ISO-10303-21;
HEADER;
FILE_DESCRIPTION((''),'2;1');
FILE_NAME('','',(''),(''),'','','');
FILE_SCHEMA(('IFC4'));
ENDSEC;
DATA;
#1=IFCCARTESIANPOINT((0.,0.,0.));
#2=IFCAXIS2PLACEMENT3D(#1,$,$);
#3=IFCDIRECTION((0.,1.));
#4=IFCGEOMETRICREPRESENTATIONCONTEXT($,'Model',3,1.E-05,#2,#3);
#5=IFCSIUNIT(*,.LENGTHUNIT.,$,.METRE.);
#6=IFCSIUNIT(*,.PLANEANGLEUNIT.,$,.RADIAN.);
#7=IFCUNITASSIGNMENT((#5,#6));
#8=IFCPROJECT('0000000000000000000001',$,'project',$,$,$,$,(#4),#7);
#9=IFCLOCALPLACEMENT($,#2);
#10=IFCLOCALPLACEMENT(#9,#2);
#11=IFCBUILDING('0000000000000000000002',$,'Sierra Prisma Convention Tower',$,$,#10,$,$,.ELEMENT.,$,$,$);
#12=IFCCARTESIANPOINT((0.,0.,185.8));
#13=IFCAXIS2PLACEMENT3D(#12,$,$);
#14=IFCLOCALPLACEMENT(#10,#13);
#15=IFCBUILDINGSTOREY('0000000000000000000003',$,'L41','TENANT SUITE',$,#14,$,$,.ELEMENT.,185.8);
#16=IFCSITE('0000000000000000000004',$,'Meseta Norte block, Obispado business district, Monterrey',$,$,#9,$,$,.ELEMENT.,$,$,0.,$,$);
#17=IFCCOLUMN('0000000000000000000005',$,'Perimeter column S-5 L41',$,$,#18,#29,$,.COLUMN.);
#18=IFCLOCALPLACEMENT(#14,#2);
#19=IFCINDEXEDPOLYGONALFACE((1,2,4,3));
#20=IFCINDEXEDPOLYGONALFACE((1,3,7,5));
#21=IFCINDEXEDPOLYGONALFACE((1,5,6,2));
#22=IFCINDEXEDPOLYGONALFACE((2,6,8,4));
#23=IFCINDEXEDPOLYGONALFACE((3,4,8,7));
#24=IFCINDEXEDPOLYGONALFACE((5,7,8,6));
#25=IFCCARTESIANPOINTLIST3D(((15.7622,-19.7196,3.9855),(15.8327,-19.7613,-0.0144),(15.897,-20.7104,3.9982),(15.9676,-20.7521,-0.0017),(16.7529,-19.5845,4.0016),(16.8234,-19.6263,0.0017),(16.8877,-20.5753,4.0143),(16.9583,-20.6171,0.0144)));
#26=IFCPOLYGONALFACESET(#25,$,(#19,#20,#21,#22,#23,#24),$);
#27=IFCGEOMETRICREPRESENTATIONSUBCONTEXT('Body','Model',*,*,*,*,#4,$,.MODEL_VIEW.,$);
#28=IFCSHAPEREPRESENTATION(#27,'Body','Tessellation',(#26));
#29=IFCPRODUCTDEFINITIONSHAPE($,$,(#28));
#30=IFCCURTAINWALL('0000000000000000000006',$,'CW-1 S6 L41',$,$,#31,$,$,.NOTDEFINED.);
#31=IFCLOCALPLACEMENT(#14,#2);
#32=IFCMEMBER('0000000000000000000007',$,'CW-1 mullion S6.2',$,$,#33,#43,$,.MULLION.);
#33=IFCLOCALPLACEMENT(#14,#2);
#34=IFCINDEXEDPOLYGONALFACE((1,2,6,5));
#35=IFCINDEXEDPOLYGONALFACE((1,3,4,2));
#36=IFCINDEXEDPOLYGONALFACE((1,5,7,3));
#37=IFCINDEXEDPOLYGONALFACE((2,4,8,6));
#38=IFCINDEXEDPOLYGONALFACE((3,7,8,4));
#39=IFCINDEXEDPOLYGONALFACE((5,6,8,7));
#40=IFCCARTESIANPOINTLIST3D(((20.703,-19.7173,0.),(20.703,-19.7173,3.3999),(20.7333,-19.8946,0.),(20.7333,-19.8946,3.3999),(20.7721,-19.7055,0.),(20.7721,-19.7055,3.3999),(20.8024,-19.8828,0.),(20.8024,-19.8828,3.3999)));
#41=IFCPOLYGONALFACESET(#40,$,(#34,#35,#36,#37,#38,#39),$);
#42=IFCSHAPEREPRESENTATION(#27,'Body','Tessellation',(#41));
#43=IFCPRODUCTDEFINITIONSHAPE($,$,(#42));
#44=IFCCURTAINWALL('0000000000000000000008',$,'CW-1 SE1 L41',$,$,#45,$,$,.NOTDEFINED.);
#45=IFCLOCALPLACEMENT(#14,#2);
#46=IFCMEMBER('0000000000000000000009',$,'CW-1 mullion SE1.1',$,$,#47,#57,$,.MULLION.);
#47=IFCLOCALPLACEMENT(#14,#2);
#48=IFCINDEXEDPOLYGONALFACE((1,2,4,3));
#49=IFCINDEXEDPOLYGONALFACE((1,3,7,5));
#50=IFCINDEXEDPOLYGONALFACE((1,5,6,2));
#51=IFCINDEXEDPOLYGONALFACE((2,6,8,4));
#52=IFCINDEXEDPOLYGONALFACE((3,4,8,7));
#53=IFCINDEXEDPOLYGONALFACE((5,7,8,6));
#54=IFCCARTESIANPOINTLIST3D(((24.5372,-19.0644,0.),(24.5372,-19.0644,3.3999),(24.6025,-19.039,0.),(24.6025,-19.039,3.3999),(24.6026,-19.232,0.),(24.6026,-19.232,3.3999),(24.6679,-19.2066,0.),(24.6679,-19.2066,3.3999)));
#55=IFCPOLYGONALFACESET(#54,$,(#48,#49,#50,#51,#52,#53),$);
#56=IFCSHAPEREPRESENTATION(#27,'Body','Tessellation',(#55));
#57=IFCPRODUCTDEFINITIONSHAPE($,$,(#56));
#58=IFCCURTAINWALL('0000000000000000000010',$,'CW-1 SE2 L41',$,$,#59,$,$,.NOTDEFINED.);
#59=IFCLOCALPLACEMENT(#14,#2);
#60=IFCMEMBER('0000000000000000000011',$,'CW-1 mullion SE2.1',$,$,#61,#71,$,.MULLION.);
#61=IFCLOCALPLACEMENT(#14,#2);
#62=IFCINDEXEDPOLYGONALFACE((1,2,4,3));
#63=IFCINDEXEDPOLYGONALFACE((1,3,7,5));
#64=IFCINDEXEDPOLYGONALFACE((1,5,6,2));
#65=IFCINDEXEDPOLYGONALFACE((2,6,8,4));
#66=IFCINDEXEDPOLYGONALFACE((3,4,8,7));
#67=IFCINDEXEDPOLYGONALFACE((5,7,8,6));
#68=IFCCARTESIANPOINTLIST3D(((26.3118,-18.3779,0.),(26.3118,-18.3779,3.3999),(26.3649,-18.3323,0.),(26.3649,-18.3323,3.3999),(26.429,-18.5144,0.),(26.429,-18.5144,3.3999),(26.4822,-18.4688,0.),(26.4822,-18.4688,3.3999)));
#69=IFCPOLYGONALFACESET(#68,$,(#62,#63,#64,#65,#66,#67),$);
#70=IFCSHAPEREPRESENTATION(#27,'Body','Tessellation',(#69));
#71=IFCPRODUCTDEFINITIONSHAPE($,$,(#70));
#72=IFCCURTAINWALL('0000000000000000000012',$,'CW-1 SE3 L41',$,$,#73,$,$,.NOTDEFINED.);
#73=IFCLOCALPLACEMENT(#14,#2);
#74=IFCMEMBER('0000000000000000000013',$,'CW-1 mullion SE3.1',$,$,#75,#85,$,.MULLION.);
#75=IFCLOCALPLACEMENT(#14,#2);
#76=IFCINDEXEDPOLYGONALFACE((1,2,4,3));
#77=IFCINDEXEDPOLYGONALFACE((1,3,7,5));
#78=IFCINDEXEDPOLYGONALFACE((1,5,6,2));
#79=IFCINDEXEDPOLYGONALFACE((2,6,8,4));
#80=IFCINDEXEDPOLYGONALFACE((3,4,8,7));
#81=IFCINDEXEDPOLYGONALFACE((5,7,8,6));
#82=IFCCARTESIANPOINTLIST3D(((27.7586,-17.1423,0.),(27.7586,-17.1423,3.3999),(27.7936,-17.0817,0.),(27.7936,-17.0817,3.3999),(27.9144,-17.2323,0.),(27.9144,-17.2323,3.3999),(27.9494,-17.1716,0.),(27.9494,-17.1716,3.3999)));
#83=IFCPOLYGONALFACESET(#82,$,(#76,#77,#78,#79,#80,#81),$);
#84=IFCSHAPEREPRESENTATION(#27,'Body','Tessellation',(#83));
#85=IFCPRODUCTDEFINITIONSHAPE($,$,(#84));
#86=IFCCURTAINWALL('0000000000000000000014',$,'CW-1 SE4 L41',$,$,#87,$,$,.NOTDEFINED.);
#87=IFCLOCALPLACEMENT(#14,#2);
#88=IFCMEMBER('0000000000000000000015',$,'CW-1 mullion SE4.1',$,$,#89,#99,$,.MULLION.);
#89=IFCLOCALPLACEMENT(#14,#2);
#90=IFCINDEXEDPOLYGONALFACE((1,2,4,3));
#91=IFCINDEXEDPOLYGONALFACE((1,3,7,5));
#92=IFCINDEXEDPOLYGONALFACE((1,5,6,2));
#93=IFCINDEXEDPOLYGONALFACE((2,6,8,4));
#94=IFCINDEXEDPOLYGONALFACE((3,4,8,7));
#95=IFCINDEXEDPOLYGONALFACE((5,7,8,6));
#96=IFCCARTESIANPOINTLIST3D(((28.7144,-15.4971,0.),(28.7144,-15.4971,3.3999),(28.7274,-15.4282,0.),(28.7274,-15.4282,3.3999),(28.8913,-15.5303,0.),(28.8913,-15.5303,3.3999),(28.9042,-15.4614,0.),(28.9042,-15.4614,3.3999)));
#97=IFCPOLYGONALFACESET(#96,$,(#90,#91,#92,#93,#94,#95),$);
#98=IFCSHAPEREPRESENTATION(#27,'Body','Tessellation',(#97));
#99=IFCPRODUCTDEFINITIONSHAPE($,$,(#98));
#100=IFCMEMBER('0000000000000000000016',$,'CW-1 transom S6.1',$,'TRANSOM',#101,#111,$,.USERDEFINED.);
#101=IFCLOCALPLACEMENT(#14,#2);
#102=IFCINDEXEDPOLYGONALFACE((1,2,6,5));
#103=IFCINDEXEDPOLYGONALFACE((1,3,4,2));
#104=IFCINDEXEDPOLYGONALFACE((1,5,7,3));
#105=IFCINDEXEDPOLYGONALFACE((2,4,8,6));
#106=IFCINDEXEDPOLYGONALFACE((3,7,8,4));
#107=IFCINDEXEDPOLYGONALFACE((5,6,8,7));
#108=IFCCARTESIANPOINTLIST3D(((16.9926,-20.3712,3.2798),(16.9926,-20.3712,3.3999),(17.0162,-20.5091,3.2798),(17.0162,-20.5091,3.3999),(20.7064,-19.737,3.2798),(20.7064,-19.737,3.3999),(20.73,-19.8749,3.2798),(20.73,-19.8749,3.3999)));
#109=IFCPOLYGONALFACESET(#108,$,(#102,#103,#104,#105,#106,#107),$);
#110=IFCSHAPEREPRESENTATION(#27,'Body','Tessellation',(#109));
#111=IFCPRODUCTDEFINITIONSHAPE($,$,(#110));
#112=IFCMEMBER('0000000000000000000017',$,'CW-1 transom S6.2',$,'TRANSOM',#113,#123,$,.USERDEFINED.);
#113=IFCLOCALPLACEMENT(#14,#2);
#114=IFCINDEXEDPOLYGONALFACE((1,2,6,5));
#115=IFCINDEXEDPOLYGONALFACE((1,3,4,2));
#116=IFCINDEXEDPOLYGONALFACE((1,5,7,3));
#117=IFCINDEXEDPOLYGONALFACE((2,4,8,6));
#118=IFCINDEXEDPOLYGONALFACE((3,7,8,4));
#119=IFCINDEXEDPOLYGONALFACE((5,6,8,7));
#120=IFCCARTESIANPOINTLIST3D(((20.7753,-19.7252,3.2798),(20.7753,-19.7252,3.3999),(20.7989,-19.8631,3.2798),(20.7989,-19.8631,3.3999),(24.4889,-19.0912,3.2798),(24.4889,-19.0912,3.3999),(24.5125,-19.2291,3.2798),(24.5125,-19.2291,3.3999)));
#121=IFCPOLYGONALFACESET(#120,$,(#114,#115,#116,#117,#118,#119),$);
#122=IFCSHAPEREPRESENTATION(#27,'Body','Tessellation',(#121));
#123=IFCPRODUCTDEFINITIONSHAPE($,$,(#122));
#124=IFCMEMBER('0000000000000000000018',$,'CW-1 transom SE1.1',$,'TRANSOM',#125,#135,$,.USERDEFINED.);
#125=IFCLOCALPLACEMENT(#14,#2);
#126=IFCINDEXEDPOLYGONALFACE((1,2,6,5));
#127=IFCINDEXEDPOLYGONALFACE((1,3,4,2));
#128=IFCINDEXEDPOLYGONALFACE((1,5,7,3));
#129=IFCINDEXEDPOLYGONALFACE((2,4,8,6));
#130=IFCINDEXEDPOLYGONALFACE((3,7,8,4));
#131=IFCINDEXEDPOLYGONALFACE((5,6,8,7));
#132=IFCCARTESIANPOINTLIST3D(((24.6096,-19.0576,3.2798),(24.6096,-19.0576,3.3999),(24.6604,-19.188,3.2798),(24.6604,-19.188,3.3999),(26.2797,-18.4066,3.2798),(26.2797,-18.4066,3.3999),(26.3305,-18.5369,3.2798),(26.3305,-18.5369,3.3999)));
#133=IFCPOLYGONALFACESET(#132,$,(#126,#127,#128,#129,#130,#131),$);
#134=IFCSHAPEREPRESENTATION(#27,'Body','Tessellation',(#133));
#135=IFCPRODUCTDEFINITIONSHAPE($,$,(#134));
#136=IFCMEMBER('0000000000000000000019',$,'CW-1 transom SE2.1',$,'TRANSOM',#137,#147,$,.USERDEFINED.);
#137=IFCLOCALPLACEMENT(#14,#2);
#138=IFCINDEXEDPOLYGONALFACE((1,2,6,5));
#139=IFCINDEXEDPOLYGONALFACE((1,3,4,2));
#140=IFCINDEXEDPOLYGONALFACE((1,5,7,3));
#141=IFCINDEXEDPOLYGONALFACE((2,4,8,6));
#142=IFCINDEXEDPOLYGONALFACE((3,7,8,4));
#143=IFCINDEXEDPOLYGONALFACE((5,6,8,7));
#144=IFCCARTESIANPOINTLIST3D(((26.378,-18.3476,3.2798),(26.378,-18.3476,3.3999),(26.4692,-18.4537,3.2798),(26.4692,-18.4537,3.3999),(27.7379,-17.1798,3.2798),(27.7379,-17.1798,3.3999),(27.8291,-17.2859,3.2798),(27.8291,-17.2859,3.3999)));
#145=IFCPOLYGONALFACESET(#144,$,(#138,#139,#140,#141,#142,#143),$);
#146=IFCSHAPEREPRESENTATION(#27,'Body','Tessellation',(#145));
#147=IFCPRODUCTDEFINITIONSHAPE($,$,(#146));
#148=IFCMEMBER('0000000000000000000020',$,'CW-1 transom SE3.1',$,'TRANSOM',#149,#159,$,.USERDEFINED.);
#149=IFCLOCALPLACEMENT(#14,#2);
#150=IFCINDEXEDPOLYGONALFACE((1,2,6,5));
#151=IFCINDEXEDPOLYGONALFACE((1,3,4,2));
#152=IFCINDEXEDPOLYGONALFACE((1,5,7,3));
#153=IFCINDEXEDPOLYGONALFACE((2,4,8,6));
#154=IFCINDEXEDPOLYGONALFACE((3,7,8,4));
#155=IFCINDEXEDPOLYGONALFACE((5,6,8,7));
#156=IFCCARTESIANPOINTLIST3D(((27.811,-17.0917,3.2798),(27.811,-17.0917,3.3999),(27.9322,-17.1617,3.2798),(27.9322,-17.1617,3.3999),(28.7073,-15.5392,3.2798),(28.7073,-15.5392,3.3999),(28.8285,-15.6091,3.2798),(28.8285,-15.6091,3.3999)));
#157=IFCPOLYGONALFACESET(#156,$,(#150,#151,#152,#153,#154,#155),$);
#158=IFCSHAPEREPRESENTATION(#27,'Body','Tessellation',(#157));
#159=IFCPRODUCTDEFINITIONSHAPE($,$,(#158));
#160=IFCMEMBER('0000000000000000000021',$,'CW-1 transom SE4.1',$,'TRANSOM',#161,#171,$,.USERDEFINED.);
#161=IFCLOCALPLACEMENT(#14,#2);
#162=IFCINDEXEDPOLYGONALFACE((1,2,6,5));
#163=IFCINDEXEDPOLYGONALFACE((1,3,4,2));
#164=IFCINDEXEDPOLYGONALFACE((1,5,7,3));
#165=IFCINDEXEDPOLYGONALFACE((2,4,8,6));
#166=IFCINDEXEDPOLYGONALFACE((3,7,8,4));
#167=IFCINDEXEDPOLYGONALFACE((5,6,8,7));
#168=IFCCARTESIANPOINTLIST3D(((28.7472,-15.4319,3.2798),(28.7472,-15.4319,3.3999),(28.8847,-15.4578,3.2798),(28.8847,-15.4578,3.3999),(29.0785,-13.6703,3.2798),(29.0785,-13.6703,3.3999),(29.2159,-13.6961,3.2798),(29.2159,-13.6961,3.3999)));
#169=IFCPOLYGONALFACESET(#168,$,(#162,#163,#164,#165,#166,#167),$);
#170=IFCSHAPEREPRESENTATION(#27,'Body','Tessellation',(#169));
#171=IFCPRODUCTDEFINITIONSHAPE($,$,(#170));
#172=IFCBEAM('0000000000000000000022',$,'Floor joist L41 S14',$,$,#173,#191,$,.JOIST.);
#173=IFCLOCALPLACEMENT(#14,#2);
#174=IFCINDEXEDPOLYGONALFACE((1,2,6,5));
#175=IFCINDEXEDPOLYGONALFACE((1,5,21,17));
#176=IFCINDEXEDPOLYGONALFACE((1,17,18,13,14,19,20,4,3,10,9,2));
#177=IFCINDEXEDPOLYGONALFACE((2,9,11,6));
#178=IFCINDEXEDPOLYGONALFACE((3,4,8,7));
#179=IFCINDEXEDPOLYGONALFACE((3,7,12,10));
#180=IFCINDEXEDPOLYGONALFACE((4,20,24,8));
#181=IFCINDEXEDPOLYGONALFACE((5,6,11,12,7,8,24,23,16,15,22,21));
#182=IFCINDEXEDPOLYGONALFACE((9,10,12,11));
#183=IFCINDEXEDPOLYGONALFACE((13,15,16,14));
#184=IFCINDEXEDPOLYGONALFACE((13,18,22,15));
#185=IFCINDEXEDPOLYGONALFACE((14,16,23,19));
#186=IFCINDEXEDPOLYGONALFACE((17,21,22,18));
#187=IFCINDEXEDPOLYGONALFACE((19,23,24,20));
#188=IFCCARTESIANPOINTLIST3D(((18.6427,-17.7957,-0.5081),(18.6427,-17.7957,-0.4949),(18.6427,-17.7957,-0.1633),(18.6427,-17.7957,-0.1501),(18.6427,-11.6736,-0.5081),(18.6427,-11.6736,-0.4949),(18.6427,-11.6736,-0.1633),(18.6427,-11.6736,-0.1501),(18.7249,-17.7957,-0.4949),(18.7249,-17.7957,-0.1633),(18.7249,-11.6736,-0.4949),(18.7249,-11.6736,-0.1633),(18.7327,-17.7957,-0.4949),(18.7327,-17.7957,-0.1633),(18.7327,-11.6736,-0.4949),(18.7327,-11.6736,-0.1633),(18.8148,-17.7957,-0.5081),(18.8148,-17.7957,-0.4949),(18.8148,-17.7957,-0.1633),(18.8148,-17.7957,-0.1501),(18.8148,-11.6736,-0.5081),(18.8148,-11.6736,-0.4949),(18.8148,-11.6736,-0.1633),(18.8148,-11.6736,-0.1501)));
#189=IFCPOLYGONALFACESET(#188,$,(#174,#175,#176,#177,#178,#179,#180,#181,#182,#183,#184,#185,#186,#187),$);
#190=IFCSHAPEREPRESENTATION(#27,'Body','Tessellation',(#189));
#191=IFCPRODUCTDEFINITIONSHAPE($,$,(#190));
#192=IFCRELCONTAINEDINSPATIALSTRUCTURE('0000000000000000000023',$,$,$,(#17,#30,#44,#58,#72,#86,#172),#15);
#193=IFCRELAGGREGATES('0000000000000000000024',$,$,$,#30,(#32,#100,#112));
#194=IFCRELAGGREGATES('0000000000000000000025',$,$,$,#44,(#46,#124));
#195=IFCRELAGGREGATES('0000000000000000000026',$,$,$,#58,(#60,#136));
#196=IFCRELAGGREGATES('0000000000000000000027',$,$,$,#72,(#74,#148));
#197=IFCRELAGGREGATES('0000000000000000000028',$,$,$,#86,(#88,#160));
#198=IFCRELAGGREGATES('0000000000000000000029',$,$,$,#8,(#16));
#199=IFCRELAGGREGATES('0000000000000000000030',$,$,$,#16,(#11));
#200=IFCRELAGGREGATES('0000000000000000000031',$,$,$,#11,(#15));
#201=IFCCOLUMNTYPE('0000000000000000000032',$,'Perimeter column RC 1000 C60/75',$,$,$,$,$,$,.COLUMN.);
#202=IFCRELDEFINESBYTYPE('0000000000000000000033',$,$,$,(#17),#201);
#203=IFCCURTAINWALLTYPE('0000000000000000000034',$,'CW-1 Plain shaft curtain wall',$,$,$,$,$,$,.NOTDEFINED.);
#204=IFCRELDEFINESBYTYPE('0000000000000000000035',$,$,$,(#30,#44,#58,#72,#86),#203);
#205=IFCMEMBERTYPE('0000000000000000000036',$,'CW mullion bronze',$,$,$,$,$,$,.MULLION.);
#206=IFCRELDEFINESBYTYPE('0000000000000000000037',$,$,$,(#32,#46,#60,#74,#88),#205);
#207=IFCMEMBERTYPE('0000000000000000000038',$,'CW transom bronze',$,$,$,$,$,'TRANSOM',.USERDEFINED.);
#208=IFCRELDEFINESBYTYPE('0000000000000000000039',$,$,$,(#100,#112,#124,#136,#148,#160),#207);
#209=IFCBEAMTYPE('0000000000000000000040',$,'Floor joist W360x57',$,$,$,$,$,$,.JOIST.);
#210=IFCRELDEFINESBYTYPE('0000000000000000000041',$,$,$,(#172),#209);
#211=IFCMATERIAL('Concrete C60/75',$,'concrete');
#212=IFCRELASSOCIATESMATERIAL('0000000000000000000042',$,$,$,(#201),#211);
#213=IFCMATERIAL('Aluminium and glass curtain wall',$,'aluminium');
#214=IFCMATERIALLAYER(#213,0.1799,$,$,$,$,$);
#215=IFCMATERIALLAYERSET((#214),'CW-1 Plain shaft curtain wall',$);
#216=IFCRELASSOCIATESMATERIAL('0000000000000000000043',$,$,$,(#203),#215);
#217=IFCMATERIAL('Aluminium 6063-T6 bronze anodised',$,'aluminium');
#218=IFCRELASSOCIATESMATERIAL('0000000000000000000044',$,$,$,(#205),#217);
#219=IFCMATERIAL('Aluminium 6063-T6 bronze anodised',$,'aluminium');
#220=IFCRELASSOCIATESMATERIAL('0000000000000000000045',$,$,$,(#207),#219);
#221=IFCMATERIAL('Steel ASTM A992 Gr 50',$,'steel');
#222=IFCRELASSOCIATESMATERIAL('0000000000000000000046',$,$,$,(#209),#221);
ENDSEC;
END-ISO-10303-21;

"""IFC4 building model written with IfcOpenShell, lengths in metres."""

from ifc_helpers import new_model, si_unit, direction, frame, origin, origin_2d, place, context, subcontext, project, spatial, rectangle, i_section, extrude, material, layer, layer_set, material_profile, profile_set, type_object, element, aggregate, save


model = new_model("IFC4")

# Units and contexts
model_context = context("Model", 3, precision=1e-05, world=origin(), true_north=direction((0.0, 1.0)))
body_context = subcontext(model_context, "Body", "Model", "MODEL_VIEW")
ifc_project = project(units=[si_unit("LENGTHUNIT", "METRE"), si_unit("PLANEANGLEUNIT", "RADIAN")], contexts=[model_context])

# Site, building, storey
site_placement = place(None, origin())
site = spatial("IfcSite", under=ifc_project, at=site_placement, Name="Meseta Norte block, Obispado business district, Monterrey", CompositionType="ELEMENT", RefElevation=0.0)
building_placement = place(site_placement, origin())
building = spatial("IfcBuilding", under=site, at=building_placement, Name="Sierra Prisma Convention Tower", CompositionType="ELEMENT")
storey_placement = place(building_placement, frame((0.0, 0.0, 185.8)))
storey = spatial("IfcBuildingStorey", under=building, at=storey_placement, Name="L41", Description="TENANT SUITE", CompositionType="ELEMENT", Elevation=185.8)

# Column
ifc_material_1 = material(Name="Concrete C60/75", Category="concrete")
ifc_material_profile_1 = material_profile(ifc_material_1, rectangle(XDim=1.0, YDim=1.0, at=origin_2d()), Name="Perimeter column RC 1000 C60/75")
ifc_profile_set_1 = profile_set([ifc_material_profile_1], Name="Concrete C60/75")
column_type = type_object("IfcColumnType", Name="Perimeter column RC 1000 C60/75", PredefinedType="COLUMN", material=ifc_profile_set_1)
column_placement = place(storey_placement, frame((16.3955, -20.1892, 0.0), z_axis=(-0.017635, 0.010435, 0.99979), x_axis=(0.990708, 0.135057, 0.016066)))
element("IfcColumn", 1, at=column_placement, inside=storey, type_object=column_type, Name="Perimeter column S-5 L41", PredefinedType="COLUMN", context=body_context, shape_type="SweptSolid", body=[
    extrude(rectangle(XDim=1.0, YDim=1.0, at=origin_2d()), origin(), (0.0, 0.0, 1.0), 4.0007),
])

# Curtain walls, members
ifc_material_2 = material(Name="Aluminium and glass curtain wall", Category="aluminium")
ifc_layer_1 = layer(ifc_material_2, 0.1799)
ifc_layer_set_1 = layer_set([ifc_layer_1], Name="CW-1 Plain shaft curtain wall")
curtain_wall_type = type_object("IfcCurtainWallType", Name="CW-1 Plain shaft curtain wall", PredefinedType="NOTDEFINED", material=ifc_layer_set_1)
curtain_wall_1_placement = place(storey_placement, origin())
curtain_wall_1 = element("IfcCurtainWall", 2, at=curtain_wall_1_placement, inside=storey, type_object=curtain_wall_type, Name="CW-1 S6 L41", PredefinedType="NOTDEFINED")
ifc_material_3 = material(Name="Aluminium 6063-T6 bronze anodised", Category="aluminium")
ifc_material_profile_2 = material_profile(ifc_material_3, rectangle(XDim=0.1799, YDim=0.0701, at=origin_2d()), Name="ALU MULLION 70x180")
ifc_profile_set_2 = profile_set([ifc_material_profile_2], Name="Aluminium 6063-T6 bronze anodised")
member_type_1 = type_object("IfcMemberType", Name="CW mullion bronze", PredefinedType="MULLION", material=ifc_profile_set_2)
member_1_placement = place(storey_placement, frame((20.7527, -19.8, 0.0), z_axis=(0.0, 0.0, 1.0), x_axis=(-0.168313, 0.985734, 0.0)))
member_1 = element("IfcMember", 3, at=member_1_placement, type_object=member_type_1, Name="CW-1 mullion S6.2", PredefinedType="MULLION", context=body_context, shape_type="SweptSolid", body=[
    extrude(rectangle(XDim=0.1799, YDim=0.0701, at=origin_2d()), origin(), (0.0, 0.0, 1.0), 3.3999),
])
curtain_wall_2_placement = place(storey_placement, origin())
curtain_wall_2 = element("IfcCurtainWall", 4, at=curtain_wall_2_placement, inside=storey, type_object=curtain_wall_type, Name="CW-1 SE1 L41", PredefinedType="NOTDEFINED")
member_2_placement = place(storey_placement, frame((24.6025, -19.1355, 0.0), z_axis=(0.0, 0.0, 1.0), x_axis=(-0.363286, 0.931678, 0.0)))
member_2 = element("IfcMember", 5, at=member_2_placement, type_object=member_type_1, Name="CW-1 mullion SE1.1", PredefinedType="MULLION", context=body_context, shape_type="SweptSolid", body=[
    extrude(rectangle(XDim=0.1799, YDim=0.0701, at=origin_2d()), origin(), (0.0, 0.0, 1.0), 3.3999),
])
curtain_wall_3_placement = place(storey_placement, origin())
curtain_wall_3 = element("IfcCurtainWall", 6, at=curtain_wall_3_placement, inside=storey, type_object=curtain_wall_type, Name="CW-1 SE2 L41", PredefinedType="NOTDEFINED")
member_3_placement = place(storey_placement, frame((26.397, -18.4233, 0.0), z_axis=(0.0, 0.0, 1.0), x_axis=(-0.651451, 0.758691, 0.0)))
member_3 = element("IfcMember", 7, at=member_3_placement, type_object=member_type_1, Name="CW-1 mullion SE2.1", PredefinedType="MULLION", context=body_context, shape_type="SweptSolid", body=[
    extrude(rectangle(XDim=0.1799, YDim=0.0701, at=origin_2d()), origin(), (0.0, 0.0, 1.0), 3.3999),
])
curtain_wall_4_placement = place(storey_placement, origin())
curtain_wall_4 = element("IfcCurtainWall", 8, at=curtain_wall_4_placement, inside=storey, type_object=curtain_wall_type, Name="CW-1 SE3 L41", PredefinedType="NOTDEFINED")
member_4_placement = place(storey_placement, frame((27.854, -17.157, 0.0), z_axis=(0.0, 0.0, 1.0), x_axis=(-0.866025, 0.5, 0.0)))
member_4 = element("IfcMember", 9, at=member_4_placement, type_object=member_type_1, Name="CW-1 mullion SE3.1", PredefinedType="MULLION", context=body_context, shape_type="SweptSolid", body=[
    extrude(rectangle(XDim=0.1799, YDim=0.0701, at=origin_2d()), origin(), (0.0, 0.0, 1.0), 3.3999),
])
curtain_wall_5_placement = place(storey_placement, origin())
curtain_wall_5 = element("IfcCurtainWall", 10, at=curtain_wall_5_placement, inside=storey, type_object=curtain_wall_type, Name="CW-1 SE4 L41", PredefinedType="NOTDEFINED")
member_5_placement = place(storey_placement, frame((28.8093, -15.4792, 0.0), z_axis=(0.0, 0.0, 1.0), x_axis=(-0.982771, 0.184827, 0.0)))
member_5 = element("IfcMember", 11, at=member_5_placement, type_object=member_type_1, Name="CW-1 mullion SE4.1", PredefinedType="MULLION", context=body_context, shape_type="SweptSolid", body=[
    extrude(rectangle(XDim=0.1799, YDim=0.0701, at=origin_2d()), origin(), (0.0, 0.0, 1.0), 3.3999),
])

# Members
ifc_material_4 = material(Name="Aluminium 6063-T6 bronze anodised", Category="aluminium")
ifc_material_profile_3 = material_profile(ifc_material_4, rectangle(XDim=0.1399, YDim=0.1201, at=origin_2d()), Name="ALU TRANSOM 120x140")
ifc_profile_set_3 = profile_set([ifc_material_profile_3], Name="Aluminium 6063-T6 bronze anodised")
member_type_2 = type_object("IfcMemberType", Name="CW transom bronze", ElementType="TRANSOM", PredefinedType="USERDEFINED", material=ifc_profile_set_3)
member_6_placement = place(storey_placement, frame((17.0044, -20.4402, 3.3398), z_axis=(0.985728, 0.168349, 0.0), x_axis=(-0.168349, 0.985728, 0.0)))
member_6 = element("IfcMember", 12, at=member_6_placement, type_object=member_type_2, Name="CW-1 transom S6.1", ObjectType="TRANSOM", PredefinedType="USERDEFINED", context=body_context, shape_type="SweptSolid", body=[
    extrude(rectangle(XDim=0.1399, YDim=0.1201, at=origin_2d()), origin(), (0.0, 0.0, 1.0), 3.7676),
])
member_7_placement = place(storey_placement, frame((20.7871, -19.7942, 3.3398), z_axis=(0.985736, 0.168296, 0.0), x_axis=(-0.168296, 0.985736, 0.0)))
member_7 = element("IfcMember", 13, at=member_7_placement, type_object=member_type_2, Name="CW-1 transom S6.2", ObjectType="TRANSOM", PredefinedType="USERDEFINED", context=body_context, shape_type="SweptSolid", body=[
    extrude(rectangle(XDim=0.1399, YDim=0.1201, at=origin_2d()), origin(), (0.0, 0.0, 1.0), 3.7673),
])
member_8_placement = place(storey_placement, frame((24.635, -19.1228, 3.3398), z_axis=(0.9317, 0.363228, 0.0), x_axis=(-0.363228, 0.9317, 0.0)))
member_8 = element("IfcMember", 14, at=member_8_placement, type_object=member_type_2, Name="CW-1 transom SE1.1", ObjectType="TRANSOM", PredefinedType="USERDEFINED", context=body_context, shape_type="SweptSolid", body=[
    extrude(rectangle(XDim=0.1399, YDim=0.1201, at=origin_2d()), origin(), (0.0, 0.0, 1.0), 1.7925),
])
member_9_placement = place(storey_placement, frame((26.4236, -18.4006, 3.3398), z_axis=(0.75867, 0.651475, 0.0), x_axis=(-0.651475, 0.75867, 0.0)))
member_9 = element("IfcMember", 15, at=member_9_placement, type_object=member_type_2, Name="CW-1 transom SE2.1", ObjectType="TRANSOM", PredefinedType="USERDEFINED", context=body_context, shape_type="SweptSolid", body=[
    extrude(rectangle(XDim=0.1399, YDim=0.1201, at=origin_2d()), origin(), (0.0, 0.0, 1.0), 1.7925),
])
member_10_placement = place(storey_placement, frame((27.8716, -17.1267, 3.3398), z_axis=(0.499962, 0.866047, 0.0), x_axis=(-0.866047, 0.499962, 0.0)))
member_10 = element("IfcMember", 16, at=member_10_placement, type_object=member_type_2, Name="CW-1 transom SE3.1", ObjectType="TRANSOM", PredefinedType="USERDEFINED", context=body_context, shape_type="SweptSolid", body=[
    extrude(rectangle(XDim=0.1399, YDim=0.1201, at=origin_2d()), origin(), (0.0, 0.0, 1.0), 1.7927),
])
member_11_placement = place(storey_placement, frame((28.8159, -15.4448, 3.3398), z_axis=(0.184815, 0.982773, 0.0), x_axis=(-0.982773, 0.184815, 0.0)))
member_11 = element("IfcMember", 17, at=member_11_placement, type_object=member_type_2, Name="CW-1 transom SE4.1", ObjectType="TRANSOM", PredefinedType="USERDEFINED", context=body_context, shape_type="SweptSolid", body=[
    extrude(rectangle(XDim=0.1399, YDim=0.1201, at=origin_2d()), origin(), (0.0, 0.0, 1.0), 1.7925),
])

# Beam
ifc_material_5 = material(Name="Steel ASTM A992 Gr 50", Category="steel")
ifc_material_profile_4 = material_profile(ifc_material_5, i_section(OverallWidth=0.1721, OverallDepth=0.3579, WebThickness=0.0078, FlangeThickness=0.0132, at=origin_2d()), Name="W360x57")
ifc_profile_set_4 = profile_set([ifc_material_profile_4], Name="Steel ASTM A992 Gr 50")
beam_type_1 = type_object("IfcBeamType", Name="Floor joist W360x57", PredefinedType="JOIST", material=ifc_profile_set_4)
beam_1_placement = place(storey_placement, frame((18.7288, -17.7957, -0.3291), z_axis=(0.0, 1.0, 0.0), x_axis=(-1.0, 0.0, 0.0)))
element("IfcBeam", 18, at=beam_1_placement, inside=storey, type_object=beam_type_1, Name="Floor joist L41 S14", PredefinedType="JOIST", context=body_context, shape_type="SweptSolid", body=[
    extrude(i_section(OverallWidth=0.1721, OverallDepth=0.3579, WebThickness=0.0078, FlangeThickness=0.0132, at=origin_2d()), origin(), (0.0, 0.0, 1.0), 6.1221),
])

aggregate(curtain_wall_1, [member_1, member_6, member_7])
aggregate(curtain_wall_2, [member_2, member_8])
aggregate(curtain_wall_3, [member_3, member_9])
aggregate(curtain_wall_4, [member_4, member_10])
aggregate(curtain_wall_5, [member_5, member_11])

save(model, "model.ifc")
